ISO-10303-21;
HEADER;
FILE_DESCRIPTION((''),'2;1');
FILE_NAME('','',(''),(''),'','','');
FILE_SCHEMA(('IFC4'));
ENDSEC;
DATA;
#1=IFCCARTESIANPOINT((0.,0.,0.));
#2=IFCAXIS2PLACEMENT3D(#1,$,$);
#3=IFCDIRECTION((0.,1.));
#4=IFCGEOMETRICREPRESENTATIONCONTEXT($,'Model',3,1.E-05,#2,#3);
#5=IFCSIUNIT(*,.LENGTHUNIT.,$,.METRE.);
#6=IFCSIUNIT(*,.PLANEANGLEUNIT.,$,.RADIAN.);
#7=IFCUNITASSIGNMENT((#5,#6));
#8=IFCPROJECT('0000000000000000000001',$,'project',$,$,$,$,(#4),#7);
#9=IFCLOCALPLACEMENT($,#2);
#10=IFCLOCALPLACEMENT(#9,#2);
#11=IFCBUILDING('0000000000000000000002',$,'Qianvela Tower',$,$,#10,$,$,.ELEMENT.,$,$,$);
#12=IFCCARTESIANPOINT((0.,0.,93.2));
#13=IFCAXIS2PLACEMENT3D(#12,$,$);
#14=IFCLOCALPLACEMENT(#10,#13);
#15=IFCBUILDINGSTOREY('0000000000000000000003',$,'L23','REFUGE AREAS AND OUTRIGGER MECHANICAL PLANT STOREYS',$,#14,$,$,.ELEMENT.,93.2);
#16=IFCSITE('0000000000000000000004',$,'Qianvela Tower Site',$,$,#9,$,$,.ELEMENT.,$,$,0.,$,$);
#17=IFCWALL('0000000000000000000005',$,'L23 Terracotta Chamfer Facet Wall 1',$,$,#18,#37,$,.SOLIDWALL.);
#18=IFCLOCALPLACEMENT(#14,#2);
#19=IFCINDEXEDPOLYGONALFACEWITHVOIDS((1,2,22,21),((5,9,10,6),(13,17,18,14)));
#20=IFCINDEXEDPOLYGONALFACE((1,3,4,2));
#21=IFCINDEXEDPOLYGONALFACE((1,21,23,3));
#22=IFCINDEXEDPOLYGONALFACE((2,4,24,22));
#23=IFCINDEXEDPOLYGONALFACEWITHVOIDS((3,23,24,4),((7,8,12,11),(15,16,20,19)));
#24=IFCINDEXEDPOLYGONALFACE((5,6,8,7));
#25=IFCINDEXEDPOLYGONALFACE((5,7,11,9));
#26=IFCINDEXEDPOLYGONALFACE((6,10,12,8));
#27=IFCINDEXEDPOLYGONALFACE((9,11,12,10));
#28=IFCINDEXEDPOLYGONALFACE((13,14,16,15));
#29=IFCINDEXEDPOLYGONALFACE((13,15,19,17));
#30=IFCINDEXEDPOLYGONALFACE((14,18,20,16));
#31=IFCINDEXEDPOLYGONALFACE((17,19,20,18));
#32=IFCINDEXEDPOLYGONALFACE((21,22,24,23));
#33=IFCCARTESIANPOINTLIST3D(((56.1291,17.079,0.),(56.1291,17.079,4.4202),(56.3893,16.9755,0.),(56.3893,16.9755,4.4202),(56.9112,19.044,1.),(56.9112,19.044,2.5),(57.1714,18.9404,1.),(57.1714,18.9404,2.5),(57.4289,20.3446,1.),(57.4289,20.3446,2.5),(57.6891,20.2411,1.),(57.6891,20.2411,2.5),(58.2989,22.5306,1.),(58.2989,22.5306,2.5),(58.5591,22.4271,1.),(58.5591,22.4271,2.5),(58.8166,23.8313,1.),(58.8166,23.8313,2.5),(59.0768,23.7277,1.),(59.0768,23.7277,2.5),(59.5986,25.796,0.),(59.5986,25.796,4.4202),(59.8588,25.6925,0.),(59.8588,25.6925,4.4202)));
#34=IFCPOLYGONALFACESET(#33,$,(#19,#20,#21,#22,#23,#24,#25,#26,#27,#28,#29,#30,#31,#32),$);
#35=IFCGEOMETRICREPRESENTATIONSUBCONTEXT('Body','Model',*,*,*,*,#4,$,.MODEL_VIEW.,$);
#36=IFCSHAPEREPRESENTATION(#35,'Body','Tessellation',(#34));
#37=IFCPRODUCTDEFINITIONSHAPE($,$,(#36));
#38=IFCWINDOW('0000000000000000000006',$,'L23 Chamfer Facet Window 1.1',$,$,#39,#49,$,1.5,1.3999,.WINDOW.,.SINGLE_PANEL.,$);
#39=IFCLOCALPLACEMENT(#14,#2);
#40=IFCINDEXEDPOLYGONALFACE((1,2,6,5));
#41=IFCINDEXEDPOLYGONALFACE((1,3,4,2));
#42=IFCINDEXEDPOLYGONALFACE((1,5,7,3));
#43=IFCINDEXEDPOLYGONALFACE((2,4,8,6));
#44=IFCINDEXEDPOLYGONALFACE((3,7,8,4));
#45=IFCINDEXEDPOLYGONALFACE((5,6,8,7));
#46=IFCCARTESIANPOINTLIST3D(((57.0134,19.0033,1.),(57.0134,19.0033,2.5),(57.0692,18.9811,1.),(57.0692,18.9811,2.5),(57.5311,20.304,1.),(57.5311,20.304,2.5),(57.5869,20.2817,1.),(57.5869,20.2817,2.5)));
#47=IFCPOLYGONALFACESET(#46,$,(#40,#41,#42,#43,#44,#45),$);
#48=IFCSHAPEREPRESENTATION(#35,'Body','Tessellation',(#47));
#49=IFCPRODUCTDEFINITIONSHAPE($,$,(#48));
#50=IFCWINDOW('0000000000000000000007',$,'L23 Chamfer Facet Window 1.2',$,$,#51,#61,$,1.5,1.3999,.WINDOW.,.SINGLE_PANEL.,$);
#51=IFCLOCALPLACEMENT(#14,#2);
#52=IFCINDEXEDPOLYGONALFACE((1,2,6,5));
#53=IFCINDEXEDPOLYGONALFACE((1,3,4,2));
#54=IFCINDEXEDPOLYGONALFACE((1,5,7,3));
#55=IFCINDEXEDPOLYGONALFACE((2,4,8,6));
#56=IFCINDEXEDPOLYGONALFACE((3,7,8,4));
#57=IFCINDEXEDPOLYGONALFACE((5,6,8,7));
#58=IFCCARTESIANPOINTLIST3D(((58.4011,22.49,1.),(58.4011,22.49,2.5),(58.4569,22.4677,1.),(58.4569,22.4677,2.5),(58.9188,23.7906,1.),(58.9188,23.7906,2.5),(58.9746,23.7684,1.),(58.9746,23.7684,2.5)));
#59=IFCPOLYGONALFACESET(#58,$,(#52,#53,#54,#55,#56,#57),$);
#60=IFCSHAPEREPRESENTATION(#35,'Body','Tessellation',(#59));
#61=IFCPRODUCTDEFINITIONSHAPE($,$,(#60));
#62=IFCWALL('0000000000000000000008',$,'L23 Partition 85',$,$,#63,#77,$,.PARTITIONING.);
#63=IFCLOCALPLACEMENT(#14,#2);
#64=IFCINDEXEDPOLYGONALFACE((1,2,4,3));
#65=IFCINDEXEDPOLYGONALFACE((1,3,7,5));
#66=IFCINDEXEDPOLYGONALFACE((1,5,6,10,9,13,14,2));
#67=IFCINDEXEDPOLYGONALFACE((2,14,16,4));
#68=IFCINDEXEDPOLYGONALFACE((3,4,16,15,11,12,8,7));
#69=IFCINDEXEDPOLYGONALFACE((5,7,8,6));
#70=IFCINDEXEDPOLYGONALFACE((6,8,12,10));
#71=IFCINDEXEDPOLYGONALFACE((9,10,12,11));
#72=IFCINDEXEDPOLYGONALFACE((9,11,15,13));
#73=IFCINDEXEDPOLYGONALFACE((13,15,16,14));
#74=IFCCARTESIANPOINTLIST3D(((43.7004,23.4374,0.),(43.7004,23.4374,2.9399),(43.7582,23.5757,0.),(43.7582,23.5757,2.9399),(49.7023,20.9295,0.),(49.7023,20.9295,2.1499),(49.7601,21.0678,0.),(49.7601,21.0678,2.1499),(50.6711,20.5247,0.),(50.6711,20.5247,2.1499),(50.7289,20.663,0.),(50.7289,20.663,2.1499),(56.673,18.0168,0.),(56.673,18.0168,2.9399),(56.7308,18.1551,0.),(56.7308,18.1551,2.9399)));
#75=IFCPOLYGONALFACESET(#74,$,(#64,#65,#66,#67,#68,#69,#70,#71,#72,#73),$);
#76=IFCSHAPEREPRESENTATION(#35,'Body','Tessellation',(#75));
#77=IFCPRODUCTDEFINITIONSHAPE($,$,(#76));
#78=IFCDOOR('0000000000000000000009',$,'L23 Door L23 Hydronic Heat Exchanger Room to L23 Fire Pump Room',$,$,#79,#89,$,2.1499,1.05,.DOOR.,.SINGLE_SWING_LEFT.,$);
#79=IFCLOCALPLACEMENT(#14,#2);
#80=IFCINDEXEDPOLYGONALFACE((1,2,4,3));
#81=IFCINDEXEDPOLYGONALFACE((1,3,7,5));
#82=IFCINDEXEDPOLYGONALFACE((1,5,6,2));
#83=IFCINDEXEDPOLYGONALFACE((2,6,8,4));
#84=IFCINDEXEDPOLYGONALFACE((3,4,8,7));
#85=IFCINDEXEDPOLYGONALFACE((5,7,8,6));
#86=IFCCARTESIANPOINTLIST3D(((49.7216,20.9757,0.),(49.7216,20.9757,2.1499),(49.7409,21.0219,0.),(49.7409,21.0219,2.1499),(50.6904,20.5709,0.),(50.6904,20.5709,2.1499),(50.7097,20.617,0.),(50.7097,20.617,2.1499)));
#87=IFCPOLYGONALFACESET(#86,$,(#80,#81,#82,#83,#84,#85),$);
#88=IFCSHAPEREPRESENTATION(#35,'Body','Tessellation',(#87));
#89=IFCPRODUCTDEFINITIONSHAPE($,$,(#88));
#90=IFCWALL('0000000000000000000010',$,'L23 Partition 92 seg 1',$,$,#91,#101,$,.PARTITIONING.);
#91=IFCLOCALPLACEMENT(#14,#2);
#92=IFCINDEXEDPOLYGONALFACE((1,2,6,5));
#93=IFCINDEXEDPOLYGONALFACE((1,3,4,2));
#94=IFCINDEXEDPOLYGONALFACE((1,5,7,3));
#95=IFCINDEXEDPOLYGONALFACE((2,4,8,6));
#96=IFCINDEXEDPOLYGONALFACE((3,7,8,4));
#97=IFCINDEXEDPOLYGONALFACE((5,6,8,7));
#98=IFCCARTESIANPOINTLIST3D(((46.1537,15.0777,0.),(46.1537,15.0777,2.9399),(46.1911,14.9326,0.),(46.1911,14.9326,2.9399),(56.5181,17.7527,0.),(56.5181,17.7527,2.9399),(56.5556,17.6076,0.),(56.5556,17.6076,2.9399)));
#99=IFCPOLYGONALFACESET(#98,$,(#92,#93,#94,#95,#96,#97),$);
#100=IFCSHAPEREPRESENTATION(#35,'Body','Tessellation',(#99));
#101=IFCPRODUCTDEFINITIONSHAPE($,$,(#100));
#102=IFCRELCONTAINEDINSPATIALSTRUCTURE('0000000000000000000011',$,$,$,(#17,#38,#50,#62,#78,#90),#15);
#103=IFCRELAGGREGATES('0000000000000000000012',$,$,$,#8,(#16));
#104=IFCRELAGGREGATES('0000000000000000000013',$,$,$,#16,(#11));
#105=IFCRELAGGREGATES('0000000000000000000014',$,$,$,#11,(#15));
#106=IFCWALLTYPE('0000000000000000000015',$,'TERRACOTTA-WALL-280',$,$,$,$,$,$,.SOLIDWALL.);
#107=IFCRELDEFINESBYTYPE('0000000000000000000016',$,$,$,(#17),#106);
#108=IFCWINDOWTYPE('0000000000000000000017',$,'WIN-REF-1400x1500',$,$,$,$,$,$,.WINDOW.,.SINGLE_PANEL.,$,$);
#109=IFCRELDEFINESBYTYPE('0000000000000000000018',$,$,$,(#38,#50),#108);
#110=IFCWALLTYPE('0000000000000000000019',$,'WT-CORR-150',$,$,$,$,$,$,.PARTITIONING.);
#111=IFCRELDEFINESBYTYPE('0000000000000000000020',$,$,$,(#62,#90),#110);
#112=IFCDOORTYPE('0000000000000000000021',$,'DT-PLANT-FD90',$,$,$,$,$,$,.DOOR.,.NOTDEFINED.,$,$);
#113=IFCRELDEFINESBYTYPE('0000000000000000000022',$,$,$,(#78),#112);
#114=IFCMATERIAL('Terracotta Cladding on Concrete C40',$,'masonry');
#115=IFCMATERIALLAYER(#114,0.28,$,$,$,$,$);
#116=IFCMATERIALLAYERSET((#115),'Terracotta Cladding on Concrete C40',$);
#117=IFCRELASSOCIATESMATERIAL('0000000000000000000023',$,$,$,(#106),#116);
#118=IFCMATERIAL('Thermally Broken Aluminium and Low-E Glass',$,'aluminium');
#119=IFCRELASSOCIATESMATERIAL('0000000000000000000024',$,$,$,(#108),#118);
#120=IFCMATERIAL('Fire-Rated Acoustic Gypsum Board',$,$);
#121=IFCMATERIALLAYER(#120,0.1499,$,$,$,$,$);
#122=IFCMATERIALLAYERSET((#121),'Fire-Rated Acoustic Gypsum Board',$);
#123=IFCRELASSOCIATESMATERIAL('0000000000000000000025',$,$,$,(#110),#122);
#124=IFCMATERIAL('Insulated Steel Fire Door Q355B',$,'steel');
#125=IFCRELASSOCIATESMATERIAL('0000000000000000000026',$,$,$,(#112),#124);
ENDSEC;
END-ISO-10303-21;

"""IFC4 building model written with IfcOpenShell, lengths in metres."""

from ifc_helpers import new_model, si_unit, direction, frame, frame_2d, origin, place, context, subcontext, project, spatial, rectangle, extrude, material, layer, layer_set, type_object, element, fill, save


model = new_model("IFC4")

# Units and contexts
model_context = context("Model", 3, precision=1e-05, world=origin(), true_north=direction((0.0, 1.0)))
body_context = subcontext(model_context, "Body", "Model", "MODEL_VIEW")
ifc_project = project(units=[si_unit("LENGTHUNIT", "METRE"), si_unit("PLANEANGLEUNIT", "RADIAN")], contexts=[model_context])

# Site, building, storey
site_placement = place(None, origin())
site = spatial("IfcSite", under=ifc_project, at=site_placement, Name="Qianvela Tower Site", CompositionType="ELEMENT", RefElevation=0.0)
building_placement = place(site_placement, origin())
building = spatial("IfcBuilding", under=site, at=building_placement, Name="Qianvela Tower", CompositionType="ELEMENT")
storey_placement = place(building_placement, frame((0.0, 0.0, 93.2)))
storey = spatial("IfcBuildingStorey", under=building, at=storey_placement, Name="L23", Description="REFUGE AREAS AND OUTRIGGER MECHANICAL PLANT STOREYS", CompositionType="ELEMENT", Elevation=93.2)

# Wall, openings, windows
ifc_material_1 = material(Name="Terracotta Cladding on Concrete C40", Category="masonry")
ifc_layer_1 = layer(ifc_material_1, 0.28)
ifc_layer_set_1 = layer_set([ifc_layer_1], Name="Terracotta Cladding on Concrete C40")
wall_type_1 = type_object("IfcWallType", Name="TERRACOTTA-WALL-280", PredefinedType="SOLIDWALL", material=ifc_layer_set_1)
wall_1_placement = place(storey_placement, frame((56.2593, 17.0273, 0.0), z_axis=(0.0, 0.0, 1.0), x_axis=(0.369797, 0.929112, 0.0)))
wall_1 = element("IfcWall", 1, at=wall_1_placement, inside=storey, type_object=wall_type_1, Name="L23 Terracotta Chamfer Facet Wall 1", PredefinedType="SOLIDWALL", context=body_context, shape_type="SweptSolid", body=[
    extrude(rectangle(XDim=9.3821, YDim=0.28, at=frame_2d((4.6909, 0.0))), origin(), (0.0, 0.0, 1.0), 4.4202),
])
opening_1_placement = place(wall_1_placement, frame((2.1147, 0.0, 1.0)))
opening_1 = element("IfcOpeningElement", 2, at=opening_1_placement, cuts=wall_1, PredefinedType="OPENING", context=body_context, shape_type="SweptSolid", body=[
    extrude(rectangle(XDim=1.3999, YDim=1.5, at=frame_2d((0.7, 0.75))), frame((0.0, 0.1499, 0.0), z_axis=(0.0, -1.0, 0.0), x_axis=(1.0, 0.0, 0.0)), (0.0, 0.0, 1.0), 0.3),
])
opening_2_placement = place(wall_1_placement, frame((5.8674, 0.0, 1.0)))
opening_2 = element("IfcOpeningElement", 3, at=opening_2_placement, cuts=wall_1, PredefinedType="OPENING", context=body_context, shape_type="SweptSolid", body=[
    extrude(rectangle(XDim=1.3999, YDim=1.5, at=frame_2d((0.7, 0.75))), frame((0.0, 0.1499, 0.0), z_axis=(0.0, -1.0, 0.0), x_axis=(1.0, 0.0, 0.0)), (0.0, 0.0, 1.0), 0.3),
])
ifc_material_2 = material(Name="Thermally Broken Aluminium and Low-E Glass", Category="aluminium")
window_type = type_object("IfcWindowType", Name="WIN-REF-1400x1500", PartitioningType="SINGLE_PANEL", PredefinedType="WINDOW", material=ifc_material_2)
window_1_placement = place(opening_1_placement, origin())
window_1 = element("IfcWindow", 4, at=window_1_placement, inside=storey, type_object=window_type, Name="L23 Chamfer Facet Window 1.1", OverallHeight=1.5, OverallWidth=1.3999, PartitioningType="SINGLE_PANEL", PredefinedType="WINDOW", context=body_context, shape_type="SweptSolid", body=[
    extrude(rectangle(XDim=1.3999, YDim=1.5, at=frame_2d((0.7, 0.75))), frame((0.0, 0.03, 0.0), z_axis=(0.0, -1.0, 0.0), x_axis=(1.0, 0.0, 0.0)), (0.0, 0.0, 1.0), 0.0601),
])
fill(opening_1, window_1)
window_2_placement = place(opening_2_placement, origin())
window_2 = element("IfcWindow", 5, at=window_2_placement, inside=storey, type_object=window_type, Name="L23 Chamfer Facet Window 1.2", OverallHeight=1.5, OverallWidth=1.3999, PartitioningType="SINGLE_PANEL", PredefinedType="WINDOW", context=body_context, shape_type="SweptSolid", body=[
    extrude(rectangle(XDim=1.3999, YDim=1.5, at=frame_2d((0.7, 0.75))), frame((0.0, 0.03, 0.0), z_axis=(0.0, -1.0, 0.0), x_axis=(1.0, 0.0, 0.0)), (0.0, 0.0, 1.0), 0.0601),
])
fill(opening_2, window_2)

# Wall, opening, door
ifc_material_3 = material(Name="Fire-Rated Acoustic Gypsum Board")
ifc_layer_2 = layer(ifc_material_3, 0.1499)
ifc_layer_set_2 = layer_set([ifc_layer_2], Name="Fire-Rated Acoustic Gypsum Board")
wall_type_2 = type_object("IfcWallType", Name="WT-CORR-150", PredefinedType="PARTITIONING", material=ifc_layer_set_2)
wall_2_placement = place(storey_placement, frame((56.7019, 18.0859, 0.0), z_axis=(0.0, 0.0, 1.0), x_axis=(-0.922688, 0.385547, 0.0)))
wall_2 = element("IfcWall", 6, at=wall_2_placement, inside=storey, type_object=wall_type_2, Name="L23 Partition 85", PredefinedType="PARTITIONING", context=body_context, shape_type="SweptSolid", body=[
    extrude(rectangle(XDim=14.0596, YDim=0.1499, at=frame_2d((7.0298, 0.0))), origin(), (0.0, 0.0, 1.0), 2.9399),
])
opening_3_placement = place(wall_2_placement, frame((6.5049, 0.0, 0.0)))
opening_3 = element("IfcOpeningElement", 7, at=opening_3_placement, cuts=wall_2, PredefinedType="OPENING", context=body_context, shape_type="SweptSolid", body=[
    extrude(rectangle(XDim=1.05, YDim=2.1499, at=frame_2d((0.5249, 1.075))), frame((0.0, 0.085, 0.0), z_axis=(0.0, -1.0, 0.0), x_axis=(1.0, 0.0, 0.0)), (0.0, 0.0, 1.0), 0.1699),
])
ifc_material_4 = material(Name="Insulated Steel Fire Door Q355B", Category="steel")
door_type = type_object("IfcDoorType", Name="DT-PLANT-FD90", OperationType="NOTDEFINED", PredefinedType="DOOR", material=ifc_material_4)
door_placement = place(opening_3_placement, origin())
door = element("IfcDoor", 8, at=door_placement, inside=storey, type_object=door_type, Name="L23 Door L23 Hydronic Heat Exchanger Room to L23 Fire Pump Room", OperationType="SINGLE_SWING_LEFT", OverallHeight=2.1499, OverallWidth=1.05, PredefinedType="DOOR", context=body_context, shape_type="SweptSolid", body=[
    extrude(rectangle(XDim=1.05, YDim=2.1499, at=frame_2d((0.5249, 1.075))), frame((0.0, 0.0249, 0.0), z_axis=(0.0, -1.0, 0.0), x_axis=(1.0, 0.0, 0.0)), (0.0, 0.0, 1.0), 0.05),
])
fill(opening_3, door)

# Wall
wall_3_placement = place(storey_placement, frame((56.5369, 17.6802, 0.0), z_axis=(0.0, 0.0, 1.0), x_axis=(-0.96827, -0.249908, 0.0)))
element("IfcWall", 9, at=wall_3_placement, inside=storey, type_object=wall_type_2, Name="L23 Partition 92 seg 1", PredefinedType="PARTITIONING", context=body_context, shape_type="SweptSolid", body=[
    extrude(rectangle(XDim=10.7041, YDim=0.1499, at=frame_2d((5.3521, 0.0))), origin(), (0.0, 0.0, 1.0), 2.9399),
])

save(model, "model.ifc")
